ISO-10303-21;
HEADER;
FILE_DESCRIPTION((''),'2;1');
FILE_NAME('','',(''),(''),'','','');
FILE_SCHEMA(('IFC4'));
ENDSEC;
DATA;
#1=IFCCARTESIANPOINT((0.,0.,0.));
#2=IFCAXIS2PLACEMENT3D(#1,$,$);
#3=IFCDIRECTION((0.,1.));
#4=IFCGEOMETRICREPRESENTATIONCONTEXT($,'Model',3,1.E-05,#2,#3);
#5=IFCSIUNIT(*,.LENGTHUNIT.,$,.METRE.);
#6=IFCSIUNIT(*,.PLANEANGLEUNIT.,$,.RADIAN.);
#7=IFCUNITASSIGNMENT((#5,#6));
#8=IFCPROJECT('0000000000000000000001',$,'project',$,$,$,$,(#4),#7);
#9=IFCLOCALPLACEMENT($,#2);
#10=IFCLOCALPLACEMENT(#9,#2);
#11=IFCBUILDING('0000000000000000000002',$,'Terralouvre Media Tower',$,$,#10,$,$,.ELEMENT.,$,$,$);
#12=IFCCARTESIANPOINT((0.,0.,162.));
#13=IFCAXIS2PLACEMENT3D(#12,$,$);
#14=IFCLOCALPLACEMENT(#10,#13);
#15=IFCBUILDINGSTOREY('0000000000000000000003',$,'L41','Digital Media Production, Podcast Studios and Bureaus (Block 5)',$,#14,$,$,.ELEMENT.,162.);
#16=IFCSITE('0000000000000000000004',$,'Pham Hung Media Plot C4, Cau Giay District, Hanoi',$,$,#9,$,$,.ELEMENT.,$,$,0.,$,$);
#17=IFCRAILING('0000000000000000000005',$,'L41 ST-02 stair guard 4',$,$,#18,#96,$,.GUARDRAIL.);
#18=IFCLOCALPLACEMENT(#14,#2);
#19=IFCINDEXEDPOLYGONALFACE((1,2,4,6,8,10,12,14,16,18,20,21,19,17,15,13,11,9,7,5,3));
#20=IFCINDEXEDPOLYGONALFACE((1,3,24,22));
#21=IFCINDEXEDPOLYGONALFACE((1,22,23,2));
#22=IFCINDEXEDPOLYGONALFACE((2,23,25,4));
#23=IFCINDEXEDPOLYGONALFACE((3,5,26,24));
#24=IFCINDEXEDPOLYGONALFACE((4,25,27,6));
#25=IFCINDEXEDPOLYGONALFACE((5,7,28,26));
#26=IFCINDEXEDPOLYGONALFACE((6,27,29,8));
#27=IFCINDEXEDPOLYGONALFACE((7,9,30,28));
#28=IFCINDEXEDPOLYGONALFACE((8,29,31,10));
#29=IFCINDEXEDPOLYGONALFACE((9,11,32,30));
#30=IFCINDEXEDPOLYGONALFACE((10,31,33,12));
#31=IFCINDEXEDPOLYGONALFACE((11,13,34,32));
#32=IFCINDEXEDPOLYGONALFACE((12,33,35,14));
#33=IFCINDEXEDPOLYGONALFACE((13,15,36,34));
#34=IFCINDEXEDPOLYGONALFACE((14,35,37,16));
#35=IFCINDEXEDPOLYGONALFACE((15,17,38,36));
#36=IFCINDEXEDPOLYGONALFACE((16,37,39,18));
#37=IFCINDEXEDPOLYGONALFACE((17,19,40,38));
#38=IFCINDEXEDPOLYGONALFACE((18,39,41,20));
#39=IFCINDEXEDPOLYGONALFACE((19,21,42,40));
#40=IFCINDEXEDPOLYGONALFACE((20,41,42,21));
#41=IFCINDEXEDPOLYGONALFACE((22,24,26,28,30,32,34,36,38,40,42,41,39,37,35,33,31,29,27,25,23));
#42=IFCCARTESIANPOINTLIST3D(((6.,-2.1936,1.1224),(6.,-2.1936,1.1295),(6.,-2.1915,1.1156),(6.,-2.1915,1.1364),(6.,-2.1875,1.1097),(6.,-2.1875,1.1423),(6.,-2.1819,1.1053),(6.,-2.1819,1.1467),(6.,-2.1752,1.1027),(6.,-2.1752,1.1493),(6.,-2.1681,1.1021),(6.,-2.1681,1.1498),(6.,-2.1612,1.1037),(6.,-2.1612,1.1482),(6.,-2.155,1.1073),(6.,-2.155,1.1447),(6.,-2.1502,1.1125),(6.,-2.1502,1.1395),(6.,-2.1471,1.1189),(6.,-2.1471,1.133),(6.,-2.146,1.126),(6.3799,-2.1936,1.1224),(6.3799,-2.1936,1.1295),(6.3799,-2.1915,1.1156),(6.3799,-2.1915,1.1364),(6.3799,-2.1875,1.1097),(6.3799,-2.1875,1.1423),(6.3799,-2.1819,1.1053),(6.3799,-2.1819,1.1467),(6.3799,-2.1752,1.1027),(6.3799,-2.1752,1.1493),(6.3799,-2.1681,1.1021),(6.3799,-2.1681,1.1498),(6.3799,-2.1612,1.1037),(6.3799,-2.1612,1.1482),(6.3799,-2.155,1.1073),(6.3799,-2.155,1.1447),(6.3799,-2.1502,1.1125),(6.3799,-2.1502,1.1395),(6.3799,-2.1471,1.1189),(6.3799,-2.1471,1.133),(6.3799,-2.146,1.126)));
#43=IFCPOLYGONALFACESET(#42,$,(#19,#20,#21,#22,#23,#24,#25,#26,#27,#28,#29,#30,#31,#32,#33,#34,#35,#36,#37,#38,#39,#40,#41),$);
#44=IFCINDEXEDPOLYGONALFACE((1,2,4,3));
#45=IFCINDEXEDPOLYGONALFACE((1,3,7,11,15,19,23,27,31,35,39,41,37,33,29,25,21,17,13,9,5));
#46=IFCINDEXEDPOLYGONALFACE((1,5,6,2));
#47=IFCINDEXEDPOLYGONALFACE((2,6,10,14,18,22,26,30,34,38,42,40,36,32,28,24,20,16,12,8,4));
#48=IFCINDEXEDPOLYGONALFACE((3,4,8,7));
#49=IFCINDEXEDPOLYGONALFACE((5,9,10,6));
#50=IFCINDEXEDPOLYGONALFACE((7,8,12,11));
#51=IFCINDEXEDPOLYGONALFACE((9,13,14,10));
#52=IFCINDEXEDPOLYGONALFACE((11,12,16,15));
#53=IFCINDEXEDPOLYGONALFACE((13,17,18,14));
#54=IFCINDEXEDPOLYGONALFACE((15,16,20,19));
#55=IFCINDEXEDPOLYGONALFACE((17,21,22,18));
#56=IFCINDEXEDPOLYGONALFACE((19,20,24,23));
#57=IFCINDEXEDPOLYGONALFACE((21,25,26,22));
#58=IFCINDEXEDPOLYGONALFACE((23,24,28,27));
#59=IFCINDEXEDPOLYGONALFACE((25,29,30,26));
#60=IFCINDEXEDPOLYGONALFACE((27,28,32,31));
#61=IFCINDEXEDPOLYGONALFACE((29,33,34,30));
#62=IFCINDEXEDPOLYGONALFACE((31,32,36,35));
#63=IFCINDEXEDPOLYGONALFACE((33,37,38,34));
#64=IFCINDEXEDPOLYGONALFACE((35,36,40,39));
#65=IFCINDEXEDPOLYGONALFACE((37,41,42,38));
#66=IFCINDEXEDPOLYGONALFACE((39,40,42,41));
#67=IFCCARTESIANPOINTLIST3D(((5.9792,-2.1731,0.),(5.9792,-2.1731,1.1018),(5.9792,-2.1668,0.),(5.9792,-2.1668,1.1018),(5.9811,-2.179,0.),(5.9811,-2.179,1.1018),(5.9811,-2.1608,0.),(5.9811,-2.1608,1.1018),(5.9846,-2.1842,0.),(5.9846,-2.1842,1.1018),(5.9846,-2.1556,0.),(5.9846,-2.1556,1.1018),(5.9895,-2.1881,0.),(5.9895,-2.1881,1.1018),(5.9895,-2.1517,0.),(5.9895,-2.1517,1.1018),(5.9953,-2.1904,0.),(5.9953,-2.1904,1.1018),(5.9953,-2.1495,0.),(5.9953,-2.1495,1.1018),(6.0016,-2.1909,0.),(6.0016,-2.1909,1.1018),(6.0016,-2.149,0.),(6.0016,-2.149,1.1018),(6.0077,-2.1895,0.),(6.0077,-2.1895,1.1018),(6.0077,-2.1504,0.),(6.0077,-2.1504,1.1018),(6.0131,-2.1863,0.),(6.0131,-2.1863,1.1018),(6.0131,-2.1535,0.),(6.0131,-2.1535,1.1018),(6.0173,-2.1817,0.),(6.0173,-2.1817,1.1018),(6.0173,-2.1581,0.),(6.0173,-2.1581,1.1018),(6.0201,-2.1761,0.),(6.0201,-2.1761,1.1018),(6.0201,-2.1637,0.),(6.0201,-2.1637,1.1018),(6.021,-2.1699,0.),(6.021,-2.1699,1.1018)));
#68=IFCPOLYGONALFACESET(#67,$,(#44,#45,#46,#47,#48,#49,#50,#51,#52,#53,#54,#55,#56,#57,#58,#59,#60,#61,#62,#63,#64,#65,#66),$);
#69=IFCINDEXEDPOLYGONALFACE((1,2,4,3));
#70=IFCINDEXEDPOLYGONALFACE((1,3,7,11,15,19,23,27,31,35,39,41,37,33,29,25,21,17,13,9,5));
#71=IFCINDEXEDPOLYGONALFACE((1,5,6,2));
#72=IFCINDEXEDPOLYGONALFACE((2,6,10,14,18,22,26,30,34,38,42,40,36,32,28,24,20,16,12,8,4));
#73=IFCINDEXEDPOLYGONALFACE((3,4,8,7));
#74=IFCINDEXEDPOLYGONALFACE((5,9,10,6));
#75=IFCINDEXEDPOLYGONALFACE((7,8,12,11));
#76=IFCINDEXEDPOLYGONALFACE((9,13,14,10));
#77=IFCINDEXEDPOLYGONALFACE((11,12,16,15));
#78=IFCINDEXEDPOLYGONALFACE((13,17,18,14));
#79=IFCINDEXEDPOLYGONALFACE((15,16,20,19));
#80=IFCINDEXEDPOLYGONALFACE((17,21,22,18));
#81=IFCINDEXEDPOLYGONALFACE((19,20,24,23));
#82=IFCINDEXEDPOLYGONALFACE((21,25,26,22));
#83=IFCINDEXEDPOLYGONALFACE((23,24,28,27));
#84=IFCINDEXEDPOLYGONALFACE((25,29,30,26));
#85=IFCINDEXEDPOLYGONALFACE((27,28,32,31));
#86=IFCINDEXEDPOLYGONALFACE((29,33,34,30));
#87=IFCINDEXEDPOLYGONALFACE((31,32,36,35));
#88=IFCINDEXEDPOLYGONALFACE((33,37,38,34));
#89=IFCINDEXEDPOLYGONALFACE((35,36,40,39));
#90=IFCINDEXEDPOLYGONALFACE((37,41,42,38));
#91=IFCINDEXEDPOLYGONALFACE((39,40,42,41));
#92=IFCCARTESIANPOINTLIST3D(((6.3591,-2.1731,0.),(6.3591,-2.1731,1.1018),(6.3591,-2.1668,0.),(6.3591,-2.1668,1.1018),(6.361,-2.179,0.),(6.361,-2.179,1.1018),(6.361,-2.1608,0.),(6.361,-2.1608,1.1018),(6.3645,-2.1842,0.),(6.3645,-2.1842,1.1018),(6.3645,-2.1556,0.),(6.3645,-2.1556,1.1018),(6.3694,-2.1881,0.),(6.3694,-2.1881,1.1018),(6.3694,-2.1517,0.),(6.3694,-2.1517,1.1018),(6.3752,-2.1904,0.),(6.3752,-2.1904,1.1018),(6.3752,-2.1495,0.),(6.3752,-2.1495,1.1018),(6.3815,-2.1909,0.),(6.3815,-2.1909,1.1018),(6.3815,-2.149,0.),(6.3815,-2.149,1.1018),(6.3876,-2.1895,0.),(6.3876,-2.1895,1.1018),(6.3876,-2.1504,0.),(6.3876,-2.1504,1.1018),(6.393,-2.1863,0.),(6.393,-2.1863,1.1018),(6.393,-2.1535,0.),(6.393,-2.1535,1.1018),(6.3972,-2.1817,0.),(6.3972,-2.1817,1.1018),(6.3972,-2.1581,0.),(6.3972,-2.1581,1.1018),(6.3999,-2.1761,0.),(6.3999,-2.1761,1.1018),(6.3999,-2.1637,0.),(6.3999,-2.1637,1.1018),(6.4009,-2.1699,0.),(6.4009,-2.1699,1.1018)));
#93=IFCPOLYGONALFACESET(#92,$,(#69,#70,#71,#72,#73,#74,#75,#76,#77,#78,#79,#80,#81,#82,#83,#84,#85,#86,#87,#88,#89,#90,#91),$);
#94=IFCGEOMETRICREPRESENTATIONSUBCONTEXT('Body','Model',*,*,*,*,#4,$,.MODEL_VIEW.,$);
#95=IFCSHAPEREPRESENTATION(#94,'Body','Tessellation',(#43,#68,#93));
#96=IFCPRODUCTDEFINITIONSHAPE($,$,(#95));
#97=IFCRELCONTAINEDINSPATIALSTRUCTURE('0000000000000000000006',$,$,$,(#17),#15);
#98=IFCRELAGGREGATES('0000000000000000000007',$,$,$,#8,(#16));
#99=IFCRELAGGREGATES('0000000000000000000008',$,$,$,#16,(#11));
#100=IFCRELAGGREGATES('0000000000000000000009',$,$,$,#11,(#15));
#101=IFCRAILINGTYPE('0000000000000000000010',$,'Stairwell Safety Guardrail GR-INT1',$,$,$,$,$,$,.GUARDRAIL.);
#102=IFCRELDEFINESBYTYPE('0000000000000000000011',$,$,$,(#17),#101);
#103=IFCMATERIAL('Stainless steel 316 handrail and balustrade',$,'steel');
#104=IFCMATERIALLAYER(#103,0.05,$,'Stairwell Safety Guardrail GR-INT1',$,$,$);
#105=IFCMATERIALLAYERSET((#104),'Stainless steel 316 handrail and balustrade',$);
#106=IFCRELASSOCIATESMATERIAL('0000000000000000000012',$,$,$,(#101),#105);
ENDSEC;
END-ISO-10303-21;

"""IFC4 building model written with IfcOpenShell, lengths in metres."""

from ifc_helpers import new_model, si_unit, direction, frame, origin, origin_2d, place, context, subcontext, project, spatial, circle, extrude, material, layer, layer_set, type_object, element, save


model = new_model("IFC4")

# Units and contexts
model_context = context("Model", 3, precision=1e-05, world=origin(), true_north=direction((0.0, 1.0)))
body_context = subcontext(model_context, "Body", "Model", "MODEL_VIEW")
ifc_project = project(units=[si_unit("LENGTHUNIT", "METRE"), si_unit("PLANEANGLEUNIT", "RADIAN")], contexts=[model_context])

# Site, building, storey
site_placement = place(None, origin())
site = spatial("IfcSite", under=ifc_project, at=site_placement, Name="Pham Hung Media Plot C4, Cau Giay District, Hanoi", CompositionType="ELEMENT", RefElevation=0.0)
building_placement = place(site_placement, origin())
building = spatial("IfcBuilding", under=site, at=building_placement, Name="Terralouvre Media Tower", CompositionType="ELEMENT")
storey_placement = place(building_placement, frame((0.0, 0.0, 162.0)))
storey = spatial("IfcBuildingStorey", under=building, at=storey_placement, Name="L41", Description="Digital Media Production, Podcast Studios and Bureaus (Block 5)", CompositionType="ELEMENT", Elevation=162.0)

# Railing
ifc_material_1 = material(Name="Stainless steel 316 handrail and balustrade", Category="steel")
ifc_layer_1 = layer(ifc_material_1, 0.05, Name="Stairwell Safety Guardrail GR-INT1")
ifc_layer_set_1 = layer_set([ifc_layer_1], Name="Stainless steel 316 handrail and balustrade")
railing_type_1 = type_object("IfcRailingType", Name="Stairwell Safety Guardrail GR-INT1", PredefinedType="GUARDRAIL", material=ifc_layer_set_1)
railing_1_placement = place(storey_placement, frame((6.0, -2.1699, 0.0)))
element("IfcRailing", 1, at=railing_1_placement, inside=storey, type_object=railing_type_1, Name="L41 ST-02 stair guard 4", PredefinedType="GUARDRAIL", context=body_context, shape_type="SweptSolid", body=[
    extrude(circle(Radius=0.0239, at=origin_2d()), frame((0.0, 0.0, 1.126), z_axis=(1.0, 0.0, 0.0), x_axis=(0.0, 1.0, 0.0)), (0.0, 0.0, 1.0), 0.3799),
    extrude(circle(Radius=0.021, at=origin_2d()), origin(), (0.0, 0.0, 1.0), 1.1018),
    extrude(circle(Radius=0.021, at=origin_2d()), frame((0.3799, 0.0, 0.0)), (0.0, 0.0, 1.0), 1.1018),
])

save(model, "model.ifc")
